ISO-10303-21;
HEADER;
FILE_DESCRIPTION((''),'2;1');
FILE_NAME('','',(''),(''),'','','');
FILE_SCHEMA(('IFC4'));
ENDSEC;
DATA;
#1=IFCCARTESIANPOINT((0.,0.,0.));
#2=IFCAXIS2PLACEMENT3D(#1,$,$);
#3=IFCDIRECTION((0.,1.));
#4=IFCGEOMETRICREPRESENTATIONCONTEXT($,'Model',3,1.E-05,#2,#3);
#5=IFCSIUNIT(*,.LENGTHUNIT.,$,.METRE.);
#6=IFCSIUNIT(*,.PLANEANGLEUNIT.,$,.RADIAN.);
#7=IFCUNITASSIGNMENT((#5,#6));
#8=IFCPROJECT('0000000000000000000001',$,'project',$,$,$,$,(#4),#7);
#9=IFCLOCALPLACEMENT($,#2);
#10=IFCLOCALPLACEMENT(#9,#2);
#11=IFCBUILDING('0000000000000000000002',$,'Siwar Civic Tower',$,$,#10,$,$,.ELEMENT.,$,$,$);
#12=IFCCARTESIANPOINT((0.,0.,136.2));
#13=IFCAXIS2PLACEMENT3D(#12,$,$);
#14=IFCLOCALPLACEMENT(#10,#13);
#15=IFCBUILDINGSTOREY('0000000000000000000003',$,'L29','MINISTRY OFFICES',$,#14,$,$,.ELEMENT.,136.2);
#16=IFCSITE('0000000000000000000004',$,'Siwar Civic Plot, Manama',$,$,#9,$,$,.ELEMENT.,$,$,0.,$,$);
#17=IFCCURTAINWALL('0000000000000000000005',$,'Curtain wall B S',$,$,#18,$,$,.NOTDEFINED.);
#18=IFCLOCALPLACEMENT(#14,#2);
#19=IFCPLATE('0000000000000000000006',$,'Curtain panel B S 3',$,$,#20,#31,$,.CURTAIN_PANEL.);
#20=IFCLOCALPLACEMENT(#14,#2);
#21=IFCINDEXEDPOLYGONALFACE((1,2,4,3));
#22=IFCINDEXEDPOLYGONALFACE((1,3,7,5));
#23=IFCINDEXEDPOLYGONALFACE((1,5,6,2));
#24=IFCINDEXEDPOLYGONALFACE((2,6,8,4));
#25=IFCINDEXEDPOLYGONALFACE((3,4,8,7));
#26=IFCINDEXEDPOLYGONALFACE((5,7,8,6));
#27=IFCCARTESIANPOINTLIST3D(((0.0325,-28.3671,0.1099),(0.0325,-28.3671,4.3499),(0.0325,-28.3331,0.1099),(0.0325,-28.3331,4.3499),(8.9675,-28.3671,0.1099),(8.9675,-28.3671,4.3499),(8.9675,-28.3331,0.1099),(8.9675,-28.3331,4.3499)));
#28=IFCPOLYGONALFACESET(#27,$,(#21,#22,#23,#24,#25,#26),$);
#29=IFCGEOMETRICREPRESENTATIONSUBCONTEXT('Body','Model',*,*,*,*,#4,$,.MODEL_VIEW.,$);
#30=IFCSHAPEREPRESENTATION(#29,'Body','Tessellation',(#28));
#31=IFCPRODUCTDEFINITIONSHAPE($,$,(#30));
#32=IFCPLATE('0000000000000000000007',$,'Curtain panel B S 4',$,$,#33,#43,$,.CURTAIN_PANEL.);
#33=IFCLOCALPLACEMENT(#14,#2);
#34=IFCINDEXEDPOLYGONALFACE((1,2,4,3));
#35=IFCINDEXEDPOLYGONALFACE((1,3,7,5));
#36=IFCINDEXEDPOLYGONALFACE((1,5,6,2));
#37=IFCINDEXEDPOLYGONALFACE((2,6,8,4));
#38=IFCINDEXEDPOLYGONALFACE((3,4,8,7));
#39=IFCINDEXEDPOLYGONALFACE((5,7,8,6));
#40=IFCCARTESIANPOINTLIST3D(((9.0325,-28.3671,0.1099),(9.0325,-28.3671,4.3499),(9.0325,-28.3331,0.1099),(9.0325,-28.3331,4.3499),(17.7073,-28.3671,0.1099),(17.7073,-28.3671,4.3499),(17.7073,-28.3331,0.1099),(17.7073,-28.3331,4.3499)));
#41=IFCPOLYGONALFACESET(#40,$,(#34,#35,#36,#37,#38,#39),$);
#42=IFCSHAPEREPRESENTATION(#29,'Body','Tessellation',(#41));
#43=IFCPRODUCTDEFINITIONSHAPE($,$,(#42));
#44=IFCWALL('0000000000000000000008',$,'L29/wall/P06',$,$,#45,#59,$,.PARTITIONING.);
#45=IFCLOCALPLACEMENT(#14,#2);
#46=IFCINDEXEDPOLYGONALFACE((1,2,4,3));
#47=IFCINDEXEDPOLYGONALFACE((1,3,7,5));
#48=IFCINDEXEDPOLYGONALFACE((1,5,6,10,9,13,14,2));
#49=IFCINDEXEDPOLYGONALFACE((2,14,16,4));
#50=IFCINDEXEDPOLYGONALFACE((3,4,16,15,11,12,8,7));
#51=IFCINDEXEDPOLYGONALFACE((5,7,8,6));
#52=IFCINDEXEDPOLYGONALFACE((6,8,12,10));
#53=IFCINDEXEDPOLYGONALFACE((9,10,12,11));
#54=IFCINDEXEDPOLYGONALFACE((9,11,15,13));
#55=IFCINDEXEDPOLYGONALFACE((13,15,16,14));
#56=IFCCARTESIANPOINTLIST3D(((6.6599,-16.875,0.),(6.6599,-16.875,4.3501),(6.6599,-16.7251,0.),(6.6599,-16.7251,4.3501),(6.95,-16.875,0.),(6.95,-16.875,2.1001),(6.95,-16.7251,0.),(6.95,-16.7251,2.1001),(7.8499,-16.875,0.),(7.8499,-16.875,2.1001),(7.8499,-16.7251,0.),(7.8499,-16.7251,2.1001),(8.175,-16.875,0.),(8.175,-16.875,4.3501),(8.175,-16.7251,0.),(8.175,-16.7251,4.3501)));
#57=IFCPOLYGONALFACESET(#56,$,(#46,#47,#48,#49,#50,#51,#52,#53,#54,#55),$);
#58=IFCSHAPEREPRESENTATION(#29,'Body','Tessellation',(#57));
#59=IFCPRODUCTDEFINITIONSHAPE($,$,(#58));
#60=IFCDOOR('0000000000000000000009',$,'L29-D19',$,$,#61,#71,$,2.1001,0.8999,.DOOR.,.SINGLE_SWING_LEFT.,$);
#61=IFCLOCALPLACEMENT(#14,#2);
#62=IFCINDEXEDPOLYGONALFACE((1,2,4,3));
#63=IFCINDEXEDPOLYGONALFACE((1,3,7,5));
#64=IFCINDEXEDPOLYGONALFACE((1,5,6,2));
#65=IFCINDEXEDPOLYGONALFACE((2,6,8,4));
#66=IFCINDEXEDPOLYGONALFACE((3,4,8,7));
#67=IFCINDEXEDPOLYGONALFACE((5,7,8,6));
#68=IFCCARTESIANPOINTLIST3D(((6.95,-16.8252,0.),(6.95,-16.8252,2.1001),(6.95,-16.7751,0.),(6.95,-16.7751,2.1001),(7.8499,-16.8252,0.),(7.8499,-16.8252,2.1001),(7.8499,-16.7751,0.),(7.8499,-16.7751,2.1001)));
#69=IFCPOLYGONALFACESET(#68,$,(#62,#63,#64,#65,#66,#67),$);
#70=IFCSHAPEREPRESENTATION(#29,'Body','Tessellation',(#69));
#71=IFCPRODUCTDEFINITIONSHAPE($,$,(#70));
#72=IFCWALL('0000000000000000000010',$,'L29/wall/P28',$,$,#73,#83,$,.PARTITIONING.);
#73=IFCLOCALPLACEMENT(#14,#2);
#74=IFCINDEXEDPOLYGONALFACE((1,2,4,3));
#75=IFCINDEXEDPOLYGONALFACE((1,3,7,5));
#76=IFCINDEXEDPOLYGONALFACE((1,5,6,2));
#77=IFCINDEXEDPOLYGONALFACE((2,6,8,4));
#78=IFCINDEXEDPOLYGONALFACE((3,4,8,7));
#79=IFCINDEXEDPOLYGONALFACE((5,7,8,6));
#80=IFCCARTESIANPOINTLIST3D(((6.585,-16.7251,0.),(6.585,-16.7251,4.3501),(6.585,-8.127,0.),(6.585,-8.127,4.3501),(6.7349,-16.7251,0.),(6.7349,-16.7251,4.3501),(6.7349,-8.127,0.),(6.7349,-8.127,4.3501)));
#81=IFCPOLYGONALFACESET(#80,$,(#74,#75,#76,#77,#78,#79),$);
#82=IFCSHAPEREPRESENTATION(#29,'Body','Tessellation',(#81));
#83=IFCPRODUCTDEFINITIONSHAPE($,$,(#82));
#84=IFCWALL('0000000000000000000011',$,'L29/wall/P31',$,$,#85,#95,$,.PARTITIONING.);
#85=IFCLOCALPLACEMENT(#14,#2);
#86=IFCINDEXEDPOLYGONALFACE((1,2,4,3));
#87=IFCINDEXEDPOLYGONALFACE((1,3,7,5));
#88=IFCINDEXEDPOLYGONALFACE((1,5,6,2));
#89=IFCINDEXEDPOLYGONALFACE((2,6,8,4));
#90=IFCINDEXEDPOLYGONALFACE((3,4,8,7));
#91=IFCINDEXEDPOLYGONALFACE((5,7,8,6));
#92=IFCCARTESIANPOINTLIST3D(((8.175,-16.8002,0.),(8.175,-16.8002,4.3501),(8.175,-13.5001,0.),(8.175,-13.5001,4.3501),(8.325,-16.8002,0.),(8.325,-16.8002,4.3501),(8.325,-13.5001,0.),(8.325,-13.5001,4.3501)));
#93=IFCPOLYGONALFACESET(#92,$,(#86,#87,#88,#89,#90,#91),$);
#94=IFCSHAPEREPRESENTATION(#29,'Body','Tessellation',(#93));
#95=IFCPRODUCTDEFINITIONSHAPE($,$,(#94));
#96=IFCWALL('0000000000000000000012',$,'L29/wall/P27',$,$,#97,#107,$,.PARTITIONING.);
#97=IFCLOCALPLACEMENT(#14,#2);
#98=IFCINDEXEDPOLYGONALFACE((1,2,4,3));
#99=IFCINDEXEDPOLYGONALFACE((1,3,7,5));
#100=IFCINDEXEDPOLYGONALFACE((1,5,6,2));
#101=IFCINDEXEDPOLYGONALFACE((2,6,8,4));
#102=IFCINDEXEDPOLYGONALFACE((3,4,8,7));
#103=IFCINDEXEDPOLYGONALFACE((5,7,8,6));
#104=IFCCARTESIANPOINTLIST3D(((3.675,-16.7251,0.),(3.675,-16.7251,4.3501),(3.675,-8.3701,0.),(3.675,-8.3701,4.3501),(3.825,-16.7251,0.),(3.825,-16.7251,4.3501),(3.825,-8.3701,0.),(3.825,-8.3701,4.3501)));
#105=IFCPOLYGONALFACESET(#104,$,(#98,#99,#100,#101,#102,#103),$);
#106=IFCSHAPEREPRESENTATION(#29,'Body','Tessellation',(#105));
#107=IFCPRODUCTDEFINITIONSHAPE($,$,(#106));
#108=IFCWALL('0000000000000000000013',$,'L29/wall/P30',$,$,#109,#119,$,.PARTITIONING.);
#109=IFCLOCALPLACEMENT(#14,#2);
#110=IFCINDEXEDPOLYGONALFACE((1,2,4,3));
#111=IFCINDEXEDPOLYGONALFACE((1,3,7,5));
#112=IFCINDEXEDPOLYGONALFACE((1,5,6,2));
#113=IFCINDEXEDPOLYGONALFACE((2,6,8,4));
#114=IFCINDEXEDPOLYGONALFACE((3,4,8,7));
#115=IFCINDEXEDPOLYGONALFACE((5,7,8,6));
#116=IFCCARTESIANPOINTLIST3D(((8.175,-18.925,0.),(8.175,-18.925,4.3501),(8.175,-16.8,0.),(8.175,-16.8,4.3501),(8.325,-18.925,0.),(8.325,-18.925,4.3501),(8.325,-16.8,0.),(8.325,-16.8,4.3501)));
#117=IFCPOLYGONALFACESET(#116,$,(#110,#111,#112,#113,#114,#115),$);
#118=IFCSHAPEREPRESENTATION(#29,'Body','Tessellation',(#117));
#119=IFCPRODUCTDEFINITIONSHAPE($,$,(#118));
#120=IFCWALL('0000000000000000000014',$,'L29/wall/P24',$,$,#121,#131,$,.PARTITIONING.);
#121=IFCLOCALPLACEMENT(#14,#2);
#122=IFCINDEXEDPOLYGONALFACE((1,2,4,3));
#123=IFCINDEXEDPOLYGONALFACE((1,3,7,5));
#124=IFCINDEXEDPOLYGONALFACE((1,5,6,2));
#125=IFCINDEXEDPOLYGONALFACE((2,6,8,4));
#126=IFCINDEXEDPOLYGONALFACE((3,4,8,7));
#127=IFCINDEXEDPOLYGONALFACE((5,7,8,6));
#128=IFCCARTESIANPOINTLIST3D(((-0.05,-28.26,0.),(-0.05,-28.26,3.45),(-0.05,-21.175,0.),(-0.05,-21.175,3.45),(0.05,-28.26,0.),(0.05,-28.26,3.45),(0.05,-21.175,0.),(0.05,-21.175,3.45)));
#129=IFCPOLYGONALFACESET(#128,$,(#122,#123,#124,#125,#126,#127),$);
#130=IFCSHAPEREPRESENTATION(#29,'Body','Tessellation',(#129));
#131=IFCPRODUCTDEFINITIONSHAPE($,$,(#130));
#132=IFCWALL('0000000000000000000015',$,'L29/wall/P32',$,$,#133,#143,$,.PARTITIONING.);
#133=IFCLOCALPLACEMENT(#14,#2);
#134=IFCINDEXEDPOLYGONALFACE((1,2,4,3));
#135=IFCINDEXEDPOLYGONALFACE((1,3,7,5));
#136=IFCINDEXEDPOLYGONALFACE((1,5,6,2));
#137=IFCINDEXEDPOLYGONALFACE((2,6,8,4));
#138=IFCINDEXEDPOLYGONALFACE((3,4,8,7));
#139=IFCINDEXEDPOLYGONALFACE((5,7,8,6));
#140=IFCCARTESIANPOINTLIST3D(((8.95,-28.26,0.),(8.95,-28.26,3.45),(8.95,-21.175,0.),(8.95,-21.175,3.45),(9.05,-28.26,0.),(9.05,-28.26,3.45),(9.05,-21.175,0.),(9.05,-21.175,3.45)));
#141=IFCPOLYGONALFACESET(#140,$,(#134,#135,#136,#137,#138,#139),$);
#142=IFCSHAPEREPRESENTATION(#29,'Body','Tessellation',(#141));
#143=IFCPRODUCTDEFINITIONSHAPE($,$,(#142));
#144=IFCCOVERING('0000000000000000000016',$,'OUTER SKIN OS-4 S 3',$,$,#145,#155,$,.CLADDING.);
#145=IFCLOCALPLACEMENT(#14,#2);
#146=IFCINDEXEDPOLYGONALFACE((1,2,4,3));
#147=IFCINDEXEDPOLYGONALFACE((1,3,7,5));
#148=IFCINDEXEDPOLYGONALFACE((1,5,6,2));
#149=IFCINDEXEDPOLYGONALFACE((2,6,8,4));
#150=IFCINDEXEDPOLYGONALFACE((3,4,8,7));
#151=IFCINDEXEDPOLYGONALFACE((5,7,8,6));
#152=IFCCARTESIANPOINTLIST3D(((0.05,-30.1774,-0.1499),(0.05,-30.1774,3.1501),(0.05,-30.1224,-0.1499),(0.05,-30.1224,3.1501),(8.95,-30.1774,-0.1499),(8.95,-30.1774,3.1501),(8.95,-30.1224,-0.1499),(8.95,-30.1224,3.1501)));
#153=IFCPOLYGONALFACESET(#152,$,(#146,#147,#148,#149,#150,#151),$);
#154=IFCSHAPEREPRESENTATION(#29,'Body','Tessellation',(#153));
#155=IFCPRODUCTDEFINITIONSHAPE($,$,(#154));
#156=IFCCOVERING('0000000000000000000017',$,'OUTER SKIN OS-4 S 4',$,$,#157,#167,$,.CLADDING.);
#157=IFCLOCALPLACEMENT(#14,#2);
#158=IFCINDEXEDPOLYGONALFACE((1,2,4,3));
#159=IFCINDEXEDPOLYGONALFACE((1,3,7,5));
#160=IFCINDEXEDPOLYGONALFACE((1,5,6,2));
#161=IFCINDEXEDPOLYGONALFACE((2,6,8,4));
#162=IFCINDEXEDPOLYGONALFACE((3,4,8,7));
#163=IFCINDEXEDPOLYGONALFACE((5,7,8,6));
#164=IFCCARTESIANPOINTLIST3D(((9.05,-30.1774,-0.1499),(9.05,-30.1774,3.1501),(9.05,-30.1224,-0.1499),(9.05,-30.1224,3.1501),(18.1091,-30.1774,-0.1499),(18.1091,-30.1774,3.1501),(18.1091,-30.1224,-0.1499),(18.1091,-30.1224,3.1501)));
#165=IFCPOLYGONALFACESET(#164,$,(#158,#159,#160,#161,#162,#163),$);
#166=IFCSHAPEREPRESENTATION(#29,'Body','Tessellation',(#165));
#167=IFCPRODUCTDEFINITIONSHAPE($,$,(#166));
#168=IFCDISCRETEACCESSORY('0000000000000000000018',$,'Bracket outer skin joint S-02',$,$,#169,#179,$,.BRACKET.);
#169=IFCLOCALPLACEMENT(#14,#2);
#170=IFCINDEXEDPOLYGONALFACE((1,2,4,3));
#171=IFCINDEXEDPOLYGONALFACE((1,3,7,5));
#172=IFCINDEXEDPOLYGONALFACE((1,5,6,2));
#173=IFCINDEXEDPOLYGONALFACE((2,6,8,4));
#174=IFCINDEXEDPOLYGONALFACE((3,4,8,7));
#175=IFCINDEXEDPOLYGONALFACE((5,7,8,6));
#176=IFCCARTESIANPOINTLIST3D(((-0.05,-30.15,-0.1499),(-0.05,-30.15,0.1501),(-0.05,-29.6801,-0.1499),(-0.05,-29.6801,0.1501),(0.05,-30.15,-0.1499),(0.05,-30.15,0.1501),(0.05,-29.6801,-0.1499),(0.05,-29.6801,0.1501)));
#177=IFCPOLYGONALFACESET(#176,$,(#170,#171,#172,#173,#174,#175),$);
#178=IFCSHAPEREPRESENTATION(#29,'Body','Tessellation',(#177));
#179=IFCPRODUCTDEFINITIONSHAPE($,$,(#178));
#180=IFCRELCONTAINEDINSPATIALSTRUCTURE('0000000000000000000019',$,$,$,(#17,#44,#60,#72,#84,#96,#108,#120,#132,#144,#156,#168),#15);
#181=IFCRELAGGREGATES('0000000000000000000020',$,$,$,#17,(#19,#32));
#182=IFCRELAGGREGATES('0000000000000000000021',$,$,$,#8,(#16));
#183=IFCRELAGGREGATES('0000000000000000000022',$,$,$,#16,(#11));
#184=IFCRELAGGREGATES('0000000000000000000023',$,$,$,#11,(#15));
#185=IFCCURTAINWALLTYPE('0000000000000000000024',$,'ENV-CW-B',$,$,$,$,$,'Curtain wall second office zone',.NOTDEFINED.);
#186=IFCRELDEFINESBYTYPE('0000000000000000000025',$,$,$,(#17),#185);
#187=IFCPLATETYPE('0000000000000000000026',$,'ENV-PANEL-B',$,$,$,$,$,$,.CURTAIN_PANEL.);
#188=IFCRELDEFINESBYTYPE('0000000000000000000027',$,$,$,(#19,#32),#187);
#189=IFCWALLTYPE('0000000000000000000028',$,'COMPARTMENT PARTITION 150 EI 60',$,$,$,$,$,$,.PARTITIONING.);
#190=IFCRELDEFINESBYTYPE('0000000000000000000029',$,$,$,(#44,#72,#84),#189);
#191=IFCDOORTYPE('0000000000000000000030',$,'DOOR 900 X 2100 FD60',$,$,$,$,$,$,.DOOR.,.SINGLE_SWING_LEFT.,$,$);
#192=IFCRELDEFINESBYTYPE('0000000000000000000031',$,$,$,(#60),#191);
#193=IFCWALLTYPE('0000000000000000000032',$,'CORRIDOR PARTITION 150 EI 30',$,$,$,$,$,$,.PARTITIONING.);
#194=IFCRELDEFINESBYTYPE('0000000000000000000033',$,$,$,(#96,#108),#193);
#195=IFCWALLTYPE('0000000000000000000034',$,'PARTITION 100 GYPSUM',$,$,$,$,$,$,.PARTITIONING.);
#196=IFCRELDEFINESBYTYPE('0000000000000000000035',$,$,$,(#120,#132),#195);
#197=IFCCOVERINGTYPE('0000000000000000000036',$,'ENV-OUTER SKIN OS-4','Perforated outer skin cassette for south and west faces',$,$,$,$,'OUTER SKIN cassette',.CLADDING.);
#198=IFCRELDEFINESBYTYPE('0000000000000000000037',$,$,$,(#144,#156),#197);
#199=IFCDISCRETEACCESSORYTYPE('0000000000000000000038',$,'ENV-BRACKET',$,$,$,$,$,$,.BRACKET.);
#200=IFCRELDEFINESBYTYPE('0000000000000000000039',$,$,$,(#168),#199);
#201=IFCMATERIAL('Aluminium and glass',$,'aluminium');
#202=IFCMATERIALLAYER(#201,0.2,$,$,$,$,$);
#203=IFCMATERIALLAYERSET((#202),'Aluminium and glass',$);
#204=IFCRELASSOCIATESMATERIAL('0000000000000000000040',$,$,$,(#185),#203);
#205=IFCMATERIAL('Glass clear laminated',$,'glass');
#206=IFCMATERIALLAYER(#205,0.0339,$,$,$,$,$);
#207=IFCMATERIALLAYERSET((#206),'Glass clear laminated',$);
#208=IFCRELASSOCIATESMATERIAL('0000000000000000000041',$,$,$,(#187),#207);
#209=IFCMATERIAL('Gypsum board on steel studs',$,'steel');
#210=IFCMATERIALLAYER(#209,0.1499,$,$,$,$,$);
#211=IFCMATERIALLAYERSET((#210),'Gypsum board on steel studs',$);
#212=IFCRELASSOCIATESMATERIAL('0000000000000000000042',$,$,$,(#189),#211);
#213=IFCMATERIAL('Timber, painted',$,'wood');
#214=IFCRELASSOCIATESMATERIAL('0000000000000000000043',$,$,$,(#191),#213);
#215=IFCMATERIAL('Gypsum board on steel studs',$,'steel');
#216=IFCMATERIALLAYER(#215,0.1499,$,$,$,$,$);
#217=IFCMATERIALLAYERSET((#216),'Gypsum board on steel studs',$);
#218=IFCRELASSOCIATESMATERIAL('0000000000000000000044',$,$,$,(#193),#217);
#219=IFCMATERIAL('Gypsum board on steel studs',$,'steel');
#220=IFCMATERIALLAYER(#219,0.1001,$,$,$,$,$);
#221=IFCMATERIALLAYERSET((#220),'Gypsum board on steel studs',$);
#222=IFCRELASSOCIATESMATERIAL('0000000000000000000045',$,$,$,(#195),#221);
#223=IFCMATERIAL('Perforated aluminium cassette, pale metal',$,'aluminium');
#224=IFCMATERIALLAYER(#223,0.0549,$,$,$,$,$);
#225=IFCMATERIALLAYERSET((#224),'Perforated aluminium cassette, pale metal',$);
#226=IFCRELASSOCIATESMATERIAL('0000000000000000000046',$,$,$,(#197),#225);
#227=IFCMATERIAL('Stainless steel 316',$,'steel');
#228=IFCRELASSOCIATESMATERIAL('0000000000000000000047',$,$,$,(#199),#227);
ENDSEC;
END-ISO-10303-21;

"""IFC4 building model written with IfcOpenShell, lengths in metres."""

from ifc_helpers import new_model, si_unit, direction, frame, frame_2d, origin, origin_2d, place, context, subcontext, project, spatial, rectangle, extrude, material, layer, layer_set, type_object, element, fill, aggregate, save


model = new_model("IFC4")

# Units and contexts
model_context = context("Model", 3, precision=1e-05, world=origin(), true_north=direction((0.0, 1.0)))
body_context = subcontext(model_context, "Body", "Model", "MODEL_VIEW")
ifc_project = project(units=[si_unit("LENGTHUNIT", "METRE"), si_unit("PLANEANGLEUNIT", "RADIAN")], contexts=[model_context])

# Site, building, storey
site_placement = place(None, origin())
site = spatial("IfcSite", under=ifc_project, at=site_placement, Name="Siwar Civic Plot, Manama", CompositionType="ELEMENT", RefElevation=0.0)
building_placement = place(site_placement, origin())
building = spatial("IfcBuilding", under=site, at=building_placement, Name="Siwar Civic Tower", CompositionType="ELEMENT")
storey_placement = place(building_placement, frame((0.0, 0.0, 136.2)))
storey = spatial("IfcBuildingStorey", under=building, at=storey_placement, Name="L29", Description="MINISTRY OFFICES", CompositionType="ELEMENT", Elevation=136.2)

# Curtain wall
ifc_material_1 = material(Name="Aluminium and glass", Category="aluminium")
ifc_layer_1 = layer(ifc_material_1, 0.2)
ifc_layer_set_1 = layer_set([ifc_layer_1], Name="Aluminium and glass")
curtain_wall_type = type_object("IfcCurtainWallType", Name="ENV-CW-B", ElementType="Curtain wall second office zone", PredefinedType="NOTDEFINED", material=ifc_layer_set_1)
curtain_wall_placement = place(storey_placement, origin())
curtain_wall = element("IfcCurtainWall", 1, at=curtain_wall_placement, inside=storey, type_object=curtain_wall_type, Name="Curtain wall B S", PredefinedType="NOTDEFINED")

# Plates
ifc_material_2 = material(Name="Glass clear laminated", Category="glass")
ifc_layer_2 = layer(ifc_material_2, 0.0339)
ifc_layer_set_2 = layer_set([ifc_layer_2], Name="Glass clear laminated")
plate_type = type_object("IfcPlateType", Name="ENV-PANEL-B", PredefinedType="CURTAIN_PANEL", material=ifc_layer_set_2)
plate_1_placement = place(storey_placement, frame((4.5, -28.3501, 0.1099), z_axis=(0.0, 0.0, 1.0), x_axis=(1.0, 0.0, 0.0)))
plate_1 = element("IfcPlate", 2, at=plate_1_placement, type_object=plate_type, Name="Curtain panel B S 3", PredefinedType="CURTAIN_PANEL", context=body_context, shape_type="SweptSolid", body=[
    extrude(rectangle(XDim=8.9351, YDim=0.0339, at=origin_2d()), origin(), (0.0, 0.0, 1.0), 4.24),
])
plate_2_placement = place(storey_placement, frame((13.3699, -28.3501, 0.1099), z_axis=(0.0, 0.0, 1.0), x_axis=(1.0, 0.0, 0.0)))
plate_2 = element("IfcPlate", 3, at=plate_2_placement, type_object=plate_type, Name="Curtain panel B S 4", PredefinedType="CURTAIN_PANEL", context=body_context, shape_type="SweptSolid", body=[
    extrude(rectangle(XDim=8.6748, YDim=0.0339, at=origin_2d()), origin(), (0.0, 0.0, 1.0), 4.24),
])
aggregate(curtain_wall, [plate_1, plate_2])

# Wall, opening, door
ifc_material_3 = material(Name="Gypsum board on steel studs", Category="steel")
ifc_layer_3 = layer(ifc_material_3, 0.1499)
ifc_layer_set_3 = layer_set([ifc_layer_3], Name="Gypsum board on steel studs")
wall_type_1 = type_object("IfcWallType", Name="COMPARTMENT PARTITION 150 EI 60", PredefinedType="PARTITIONING", material=ifc_layer_set_3)
wall_1_placement = place(storey_placement, frame((6.6599, -16.8, 0.0), z_axis=(0.0, 0.0, 1.0), x_axis=(1.0, 0.0, 0.0)))
wall_1 = element("IfcWall", 4, at=wall_1_placement, inside=storey, type_object=wall_type_1, Name="L29/wall/P06", PredefinedType="PARTITIONING", context=body_context, shape_type="SweptSolid", body=[
    extrude(rectangle(XDim=1.5151, YDim=0.1499, at=frame_2d((0.7576, 0.0))), origin(), (0.0, 0.0, 1.0), 4.3501),
])
opening_placement = place(wall_1_placement, frame((0.29, 0.0, 0.0)))
opening = element("IfcOpeningElement", 5, at=opening_placement, cuts=wall_1, PredefinedType="OPENING", context=body_context, shape_type="SweptSolid", body=[
    extrude(rectangle(XDim=0.8999, YDim=2.1001, at=frame_2d((0.45, 1.05))), frame((0.0, 0.085, 0.0), z_axis=(0.0, -1.0, 0.0), x_axis=(1.0, 0.0, 0.0)), (0.0, 0.0, 1.0), 0.1699),
])
ifc_material_4 = material(Name="Timber, painted", Category="wood")
door_type = type_object("IfcDoorType", Name="DOOR 900 X 2100 FD60", OperationType="SINGLE_SWING_LEFT", PredefinedType="DOOR", material=ifc_material_4)
door_placement = place(opening_placement, origin())
door = element("IfcDoor", 6, at=door_placement, inside=storey, type_object=door_type, Name="L29-D19", OperationType="SINGLE_SWING_LEFT", OverallHeight=2.1001, OverallWidth=0.8999, PredefinedType="DOOR", context=body_context, shape_type="SweptSolid", body=[
    extrude(rectangle(XDim=0.8999, YDim=2.1001, at=frame_2d((0.45, 1.05))), frame((0.0, 0.0249, 0.0), z_axis=(0.0, -1.0, 0.0), x_axis=(1.0, 0.0, 0.0)), (0.0, 0.0, 1.0), 0.05),
])
fill(opening, door)

# Walls
wall_2_placement = place(storey_placement, frame((6.6599, -16.7251, 0.0), z_axis=(0.0, 0.0, 1.0), x_axis=(0.0, 1.0, 0.0)))
element("IfcWall", 7, at=wall_2_placement, inside=storey, type_object=wall_type_1, Name="L29/wall/P28", PredefinedType="PARTITIONING", context=body_context, shape_type="SweptSolid", body=[
    extrude(rectangle(XDim=8.5981, YDim=0.1499, at=frame_2d((4.2991, 0.0))), origin(), (0.0, 0.0, 1.0), 4.3501),
])
wall_3_placement = place(storey_placement, frame((8.25, -16.8, 0.0), z_axis=(0.0, 0.0, 1.0), x_axis=(0.0, 1.0, 0.0)))
element("IfcWall", 8, at=wall_3_placement, inside=storey, type_object=wall_type_1, Name="L29/wall/P31", PredefinedType="PARTITIONING", context=body_context, shape_type="SweptSolid", body=[
    extrude(rectangle(XDim=3.3, YDim=0.1499, at=frame_2d((1.6499, 0.0))), origin(), (0.0, 0.0, 1.0), 4.3501),
])
ifc_material_5 = material(Name="Gypsum board on steel studs", Category="steel")
ifc_layer_4 = layer(ifc_material_5, 0.1499)
ifc_layer_set_4 = layer_set([ifc_layer_4], Name="Gypsum board on steel studs")
wall_type_2 = type_object("IfcWallType", Name="CORRIDOR PARTITION 150 EI 30", PredefinedType="PARTITIONING", material=ifc_layer_set_4)
wall_4_placement = place(storey_placement, frame((3.75, -16.7251, 0.0), z_axis=(0.0, 0.0, 1.0), x_axis=(0.0, 1.0, 0.0)))
element("IfcWall", 9, at=wall_4_placement, inside=storey, type_object=wall_type_2, Name="L29/wall/P27", PredefinedType="PARTITIONING", context=body_context, shape_type="SweptSolid", body=[
    extrude(rectangle(XDim=8.355, YDim=0.1499, at=frame_2d((4.1775, 0.0))), origin(), (0.0, 0.0, 1.0), 4.3501),
])
wall_5_placement = place(storey_placement, frame((8.25, -18.925, 0.0), z_axis=(0.0, 0.0, 1.0), x_axis=(0.0, 1.0, 0.0)))
element("IfcWall", 10, at=wall_5_placement, inside=storey, type_object=wall_type_2, Name="L29/wall/P30", PredefinedType="PARTITIONING", context=body_context, shape_type="SweptSolid", body=[
    extrude(rectangle(XDim=2.125, YDim=0.1499, at=frame_2d((1.0625, 0.0))), origin(), (0.0, 0.0, 1.0), 4.3501),
])
ifc_material_6 = material(Name="Gypsum board on steel studs", Category="steel")
ifc_layer_5 = layer(ifc_material_6, 0.1001)
ifc_layer_set_5 = layer_set([ifc_layer_5], Name="Gypsum board on steel studs")
wall_type_3 = type_object("IfcWallType", Name="PARTITION 100 GYPSUM", PredefinedType="PARTITIONING", material=ifc_layer_set_5)
for number, where, z_axis, x_axis, name in (
    (11, (0.0, -28.26, 0.0), (0.0, 0.0, 1.0), (0.0, 1.0, 0.0), "L29/wall/P24"),
    (12, (9.0, -28.26, 0.0), (0.0, 0.0, 1.0), (0.0, 1.0, 0.0), "L29/wall/P32"),
):
    element("IfcWall", number, at=place(storey_placement, frame(where, z_axis=z_axis, x_axis=x_axis)), inside=storey, type_object=wall_type_3, Name=name, PredefinedType="PARTITIONING", context=body_context, shape_type="SweptSolid", body=[
        extrude(rectangle(XDim=7.085, YDim=0.1001, at=frame_2d((3.5425, 0.0))), origin(), (0.0, 0.0, 1.0), 3.45),
    ])

# Coverings
ifc_material_7 = material(Name="Perforated aluminium cassette, pale metal", Category="aluminium")
ifc_layer_6 = layer(ifc_material_7, 0.0549)
ifc_layer_set_6 = layer_set([ifc_layer_6], Name="Perforated aluminium cassette, pale metal")
covering_type = type_object("IfcCoveringType", Name="ENV-OUTER SKIN OS-4", Description="Perforated outer skin cassette for south and west faces", ElementType="OUTER SKIN cassette", PredefinedType="CLADDING", material=ifc_layer_set_6)
covering_1_placement = place(storey_placement, frame((4.5, -30.1499, -0.1499), z_axis=(0.0, 0.0, 1.0), x_axis=(1.0, 0.0, 0.0)))
element("IfcCovering", 13, at=covering_1_placement, inside=storey, type_object=covering_type, Name="OUTER SKIN OS-4 S 3", PredefinedType="CLADDING", context=body_context, shape_type="SweptSolid", body=[
    extrude(rectangle(XDim=8.8999, YDim=0.0549, at=origin_2d()), origin(), (0.0, 0.0, 1.0), 3.3),
])
covering_2_placement = place(storey_placement, frame((13.5796, -30.1499, -0.1499), z_axis=(0.0, 0.0, 1.0), x_axis=(1.0, 0.0, 0.0)))
element("IfcCovering", 14, at=covering_2_placement, inside=storey, type_object=covering_type, Name="OUTER SKIN OS-4 S 4", PredefinedType="CLADDING", context=body_context, shape_type="SweptSolid", body=[
    extrude(rectangle(XDim=9.0591, YDim=0.0549, at=origin_2d()), origin(), (0.0, 0.0, 1.0), 3.3),
])

# Discrete accessory
ifc_material_8 = material(Name="Stainless steel 316", Category="steel")
discrete_accessory_type = type_object("IfcDiscreteAccessoryType", Name="ENV-BRACKET", PredefinedType="BRACKET", material=ifc_material_8)
for number, where, z_axis, x_axis, name in (
    (15, (0.0, -29.915, -0.1499), (0.0, 0.0, 1.0), (0.0, -1.0, 0.0), "Bracket outer skin joint S-02"),
):
    element("IfcDiscreteAccessory", number, at=place(storey_placement, frame(where, z_axis=z_axis, x_axis=x_axis)), inside=storey, type_object=discrete_accessory_type, Name=name, PredefinedType="BRACKET", context=body_context, shape_type="SweptSolid", body=[
        extrude(rectangle(XDim=0.47, YDim=0.1001, at=origin_2d()), origin(), (0.0, 0.0, 1.0), 0.3),
    ])

save(model, "model.ifc")
